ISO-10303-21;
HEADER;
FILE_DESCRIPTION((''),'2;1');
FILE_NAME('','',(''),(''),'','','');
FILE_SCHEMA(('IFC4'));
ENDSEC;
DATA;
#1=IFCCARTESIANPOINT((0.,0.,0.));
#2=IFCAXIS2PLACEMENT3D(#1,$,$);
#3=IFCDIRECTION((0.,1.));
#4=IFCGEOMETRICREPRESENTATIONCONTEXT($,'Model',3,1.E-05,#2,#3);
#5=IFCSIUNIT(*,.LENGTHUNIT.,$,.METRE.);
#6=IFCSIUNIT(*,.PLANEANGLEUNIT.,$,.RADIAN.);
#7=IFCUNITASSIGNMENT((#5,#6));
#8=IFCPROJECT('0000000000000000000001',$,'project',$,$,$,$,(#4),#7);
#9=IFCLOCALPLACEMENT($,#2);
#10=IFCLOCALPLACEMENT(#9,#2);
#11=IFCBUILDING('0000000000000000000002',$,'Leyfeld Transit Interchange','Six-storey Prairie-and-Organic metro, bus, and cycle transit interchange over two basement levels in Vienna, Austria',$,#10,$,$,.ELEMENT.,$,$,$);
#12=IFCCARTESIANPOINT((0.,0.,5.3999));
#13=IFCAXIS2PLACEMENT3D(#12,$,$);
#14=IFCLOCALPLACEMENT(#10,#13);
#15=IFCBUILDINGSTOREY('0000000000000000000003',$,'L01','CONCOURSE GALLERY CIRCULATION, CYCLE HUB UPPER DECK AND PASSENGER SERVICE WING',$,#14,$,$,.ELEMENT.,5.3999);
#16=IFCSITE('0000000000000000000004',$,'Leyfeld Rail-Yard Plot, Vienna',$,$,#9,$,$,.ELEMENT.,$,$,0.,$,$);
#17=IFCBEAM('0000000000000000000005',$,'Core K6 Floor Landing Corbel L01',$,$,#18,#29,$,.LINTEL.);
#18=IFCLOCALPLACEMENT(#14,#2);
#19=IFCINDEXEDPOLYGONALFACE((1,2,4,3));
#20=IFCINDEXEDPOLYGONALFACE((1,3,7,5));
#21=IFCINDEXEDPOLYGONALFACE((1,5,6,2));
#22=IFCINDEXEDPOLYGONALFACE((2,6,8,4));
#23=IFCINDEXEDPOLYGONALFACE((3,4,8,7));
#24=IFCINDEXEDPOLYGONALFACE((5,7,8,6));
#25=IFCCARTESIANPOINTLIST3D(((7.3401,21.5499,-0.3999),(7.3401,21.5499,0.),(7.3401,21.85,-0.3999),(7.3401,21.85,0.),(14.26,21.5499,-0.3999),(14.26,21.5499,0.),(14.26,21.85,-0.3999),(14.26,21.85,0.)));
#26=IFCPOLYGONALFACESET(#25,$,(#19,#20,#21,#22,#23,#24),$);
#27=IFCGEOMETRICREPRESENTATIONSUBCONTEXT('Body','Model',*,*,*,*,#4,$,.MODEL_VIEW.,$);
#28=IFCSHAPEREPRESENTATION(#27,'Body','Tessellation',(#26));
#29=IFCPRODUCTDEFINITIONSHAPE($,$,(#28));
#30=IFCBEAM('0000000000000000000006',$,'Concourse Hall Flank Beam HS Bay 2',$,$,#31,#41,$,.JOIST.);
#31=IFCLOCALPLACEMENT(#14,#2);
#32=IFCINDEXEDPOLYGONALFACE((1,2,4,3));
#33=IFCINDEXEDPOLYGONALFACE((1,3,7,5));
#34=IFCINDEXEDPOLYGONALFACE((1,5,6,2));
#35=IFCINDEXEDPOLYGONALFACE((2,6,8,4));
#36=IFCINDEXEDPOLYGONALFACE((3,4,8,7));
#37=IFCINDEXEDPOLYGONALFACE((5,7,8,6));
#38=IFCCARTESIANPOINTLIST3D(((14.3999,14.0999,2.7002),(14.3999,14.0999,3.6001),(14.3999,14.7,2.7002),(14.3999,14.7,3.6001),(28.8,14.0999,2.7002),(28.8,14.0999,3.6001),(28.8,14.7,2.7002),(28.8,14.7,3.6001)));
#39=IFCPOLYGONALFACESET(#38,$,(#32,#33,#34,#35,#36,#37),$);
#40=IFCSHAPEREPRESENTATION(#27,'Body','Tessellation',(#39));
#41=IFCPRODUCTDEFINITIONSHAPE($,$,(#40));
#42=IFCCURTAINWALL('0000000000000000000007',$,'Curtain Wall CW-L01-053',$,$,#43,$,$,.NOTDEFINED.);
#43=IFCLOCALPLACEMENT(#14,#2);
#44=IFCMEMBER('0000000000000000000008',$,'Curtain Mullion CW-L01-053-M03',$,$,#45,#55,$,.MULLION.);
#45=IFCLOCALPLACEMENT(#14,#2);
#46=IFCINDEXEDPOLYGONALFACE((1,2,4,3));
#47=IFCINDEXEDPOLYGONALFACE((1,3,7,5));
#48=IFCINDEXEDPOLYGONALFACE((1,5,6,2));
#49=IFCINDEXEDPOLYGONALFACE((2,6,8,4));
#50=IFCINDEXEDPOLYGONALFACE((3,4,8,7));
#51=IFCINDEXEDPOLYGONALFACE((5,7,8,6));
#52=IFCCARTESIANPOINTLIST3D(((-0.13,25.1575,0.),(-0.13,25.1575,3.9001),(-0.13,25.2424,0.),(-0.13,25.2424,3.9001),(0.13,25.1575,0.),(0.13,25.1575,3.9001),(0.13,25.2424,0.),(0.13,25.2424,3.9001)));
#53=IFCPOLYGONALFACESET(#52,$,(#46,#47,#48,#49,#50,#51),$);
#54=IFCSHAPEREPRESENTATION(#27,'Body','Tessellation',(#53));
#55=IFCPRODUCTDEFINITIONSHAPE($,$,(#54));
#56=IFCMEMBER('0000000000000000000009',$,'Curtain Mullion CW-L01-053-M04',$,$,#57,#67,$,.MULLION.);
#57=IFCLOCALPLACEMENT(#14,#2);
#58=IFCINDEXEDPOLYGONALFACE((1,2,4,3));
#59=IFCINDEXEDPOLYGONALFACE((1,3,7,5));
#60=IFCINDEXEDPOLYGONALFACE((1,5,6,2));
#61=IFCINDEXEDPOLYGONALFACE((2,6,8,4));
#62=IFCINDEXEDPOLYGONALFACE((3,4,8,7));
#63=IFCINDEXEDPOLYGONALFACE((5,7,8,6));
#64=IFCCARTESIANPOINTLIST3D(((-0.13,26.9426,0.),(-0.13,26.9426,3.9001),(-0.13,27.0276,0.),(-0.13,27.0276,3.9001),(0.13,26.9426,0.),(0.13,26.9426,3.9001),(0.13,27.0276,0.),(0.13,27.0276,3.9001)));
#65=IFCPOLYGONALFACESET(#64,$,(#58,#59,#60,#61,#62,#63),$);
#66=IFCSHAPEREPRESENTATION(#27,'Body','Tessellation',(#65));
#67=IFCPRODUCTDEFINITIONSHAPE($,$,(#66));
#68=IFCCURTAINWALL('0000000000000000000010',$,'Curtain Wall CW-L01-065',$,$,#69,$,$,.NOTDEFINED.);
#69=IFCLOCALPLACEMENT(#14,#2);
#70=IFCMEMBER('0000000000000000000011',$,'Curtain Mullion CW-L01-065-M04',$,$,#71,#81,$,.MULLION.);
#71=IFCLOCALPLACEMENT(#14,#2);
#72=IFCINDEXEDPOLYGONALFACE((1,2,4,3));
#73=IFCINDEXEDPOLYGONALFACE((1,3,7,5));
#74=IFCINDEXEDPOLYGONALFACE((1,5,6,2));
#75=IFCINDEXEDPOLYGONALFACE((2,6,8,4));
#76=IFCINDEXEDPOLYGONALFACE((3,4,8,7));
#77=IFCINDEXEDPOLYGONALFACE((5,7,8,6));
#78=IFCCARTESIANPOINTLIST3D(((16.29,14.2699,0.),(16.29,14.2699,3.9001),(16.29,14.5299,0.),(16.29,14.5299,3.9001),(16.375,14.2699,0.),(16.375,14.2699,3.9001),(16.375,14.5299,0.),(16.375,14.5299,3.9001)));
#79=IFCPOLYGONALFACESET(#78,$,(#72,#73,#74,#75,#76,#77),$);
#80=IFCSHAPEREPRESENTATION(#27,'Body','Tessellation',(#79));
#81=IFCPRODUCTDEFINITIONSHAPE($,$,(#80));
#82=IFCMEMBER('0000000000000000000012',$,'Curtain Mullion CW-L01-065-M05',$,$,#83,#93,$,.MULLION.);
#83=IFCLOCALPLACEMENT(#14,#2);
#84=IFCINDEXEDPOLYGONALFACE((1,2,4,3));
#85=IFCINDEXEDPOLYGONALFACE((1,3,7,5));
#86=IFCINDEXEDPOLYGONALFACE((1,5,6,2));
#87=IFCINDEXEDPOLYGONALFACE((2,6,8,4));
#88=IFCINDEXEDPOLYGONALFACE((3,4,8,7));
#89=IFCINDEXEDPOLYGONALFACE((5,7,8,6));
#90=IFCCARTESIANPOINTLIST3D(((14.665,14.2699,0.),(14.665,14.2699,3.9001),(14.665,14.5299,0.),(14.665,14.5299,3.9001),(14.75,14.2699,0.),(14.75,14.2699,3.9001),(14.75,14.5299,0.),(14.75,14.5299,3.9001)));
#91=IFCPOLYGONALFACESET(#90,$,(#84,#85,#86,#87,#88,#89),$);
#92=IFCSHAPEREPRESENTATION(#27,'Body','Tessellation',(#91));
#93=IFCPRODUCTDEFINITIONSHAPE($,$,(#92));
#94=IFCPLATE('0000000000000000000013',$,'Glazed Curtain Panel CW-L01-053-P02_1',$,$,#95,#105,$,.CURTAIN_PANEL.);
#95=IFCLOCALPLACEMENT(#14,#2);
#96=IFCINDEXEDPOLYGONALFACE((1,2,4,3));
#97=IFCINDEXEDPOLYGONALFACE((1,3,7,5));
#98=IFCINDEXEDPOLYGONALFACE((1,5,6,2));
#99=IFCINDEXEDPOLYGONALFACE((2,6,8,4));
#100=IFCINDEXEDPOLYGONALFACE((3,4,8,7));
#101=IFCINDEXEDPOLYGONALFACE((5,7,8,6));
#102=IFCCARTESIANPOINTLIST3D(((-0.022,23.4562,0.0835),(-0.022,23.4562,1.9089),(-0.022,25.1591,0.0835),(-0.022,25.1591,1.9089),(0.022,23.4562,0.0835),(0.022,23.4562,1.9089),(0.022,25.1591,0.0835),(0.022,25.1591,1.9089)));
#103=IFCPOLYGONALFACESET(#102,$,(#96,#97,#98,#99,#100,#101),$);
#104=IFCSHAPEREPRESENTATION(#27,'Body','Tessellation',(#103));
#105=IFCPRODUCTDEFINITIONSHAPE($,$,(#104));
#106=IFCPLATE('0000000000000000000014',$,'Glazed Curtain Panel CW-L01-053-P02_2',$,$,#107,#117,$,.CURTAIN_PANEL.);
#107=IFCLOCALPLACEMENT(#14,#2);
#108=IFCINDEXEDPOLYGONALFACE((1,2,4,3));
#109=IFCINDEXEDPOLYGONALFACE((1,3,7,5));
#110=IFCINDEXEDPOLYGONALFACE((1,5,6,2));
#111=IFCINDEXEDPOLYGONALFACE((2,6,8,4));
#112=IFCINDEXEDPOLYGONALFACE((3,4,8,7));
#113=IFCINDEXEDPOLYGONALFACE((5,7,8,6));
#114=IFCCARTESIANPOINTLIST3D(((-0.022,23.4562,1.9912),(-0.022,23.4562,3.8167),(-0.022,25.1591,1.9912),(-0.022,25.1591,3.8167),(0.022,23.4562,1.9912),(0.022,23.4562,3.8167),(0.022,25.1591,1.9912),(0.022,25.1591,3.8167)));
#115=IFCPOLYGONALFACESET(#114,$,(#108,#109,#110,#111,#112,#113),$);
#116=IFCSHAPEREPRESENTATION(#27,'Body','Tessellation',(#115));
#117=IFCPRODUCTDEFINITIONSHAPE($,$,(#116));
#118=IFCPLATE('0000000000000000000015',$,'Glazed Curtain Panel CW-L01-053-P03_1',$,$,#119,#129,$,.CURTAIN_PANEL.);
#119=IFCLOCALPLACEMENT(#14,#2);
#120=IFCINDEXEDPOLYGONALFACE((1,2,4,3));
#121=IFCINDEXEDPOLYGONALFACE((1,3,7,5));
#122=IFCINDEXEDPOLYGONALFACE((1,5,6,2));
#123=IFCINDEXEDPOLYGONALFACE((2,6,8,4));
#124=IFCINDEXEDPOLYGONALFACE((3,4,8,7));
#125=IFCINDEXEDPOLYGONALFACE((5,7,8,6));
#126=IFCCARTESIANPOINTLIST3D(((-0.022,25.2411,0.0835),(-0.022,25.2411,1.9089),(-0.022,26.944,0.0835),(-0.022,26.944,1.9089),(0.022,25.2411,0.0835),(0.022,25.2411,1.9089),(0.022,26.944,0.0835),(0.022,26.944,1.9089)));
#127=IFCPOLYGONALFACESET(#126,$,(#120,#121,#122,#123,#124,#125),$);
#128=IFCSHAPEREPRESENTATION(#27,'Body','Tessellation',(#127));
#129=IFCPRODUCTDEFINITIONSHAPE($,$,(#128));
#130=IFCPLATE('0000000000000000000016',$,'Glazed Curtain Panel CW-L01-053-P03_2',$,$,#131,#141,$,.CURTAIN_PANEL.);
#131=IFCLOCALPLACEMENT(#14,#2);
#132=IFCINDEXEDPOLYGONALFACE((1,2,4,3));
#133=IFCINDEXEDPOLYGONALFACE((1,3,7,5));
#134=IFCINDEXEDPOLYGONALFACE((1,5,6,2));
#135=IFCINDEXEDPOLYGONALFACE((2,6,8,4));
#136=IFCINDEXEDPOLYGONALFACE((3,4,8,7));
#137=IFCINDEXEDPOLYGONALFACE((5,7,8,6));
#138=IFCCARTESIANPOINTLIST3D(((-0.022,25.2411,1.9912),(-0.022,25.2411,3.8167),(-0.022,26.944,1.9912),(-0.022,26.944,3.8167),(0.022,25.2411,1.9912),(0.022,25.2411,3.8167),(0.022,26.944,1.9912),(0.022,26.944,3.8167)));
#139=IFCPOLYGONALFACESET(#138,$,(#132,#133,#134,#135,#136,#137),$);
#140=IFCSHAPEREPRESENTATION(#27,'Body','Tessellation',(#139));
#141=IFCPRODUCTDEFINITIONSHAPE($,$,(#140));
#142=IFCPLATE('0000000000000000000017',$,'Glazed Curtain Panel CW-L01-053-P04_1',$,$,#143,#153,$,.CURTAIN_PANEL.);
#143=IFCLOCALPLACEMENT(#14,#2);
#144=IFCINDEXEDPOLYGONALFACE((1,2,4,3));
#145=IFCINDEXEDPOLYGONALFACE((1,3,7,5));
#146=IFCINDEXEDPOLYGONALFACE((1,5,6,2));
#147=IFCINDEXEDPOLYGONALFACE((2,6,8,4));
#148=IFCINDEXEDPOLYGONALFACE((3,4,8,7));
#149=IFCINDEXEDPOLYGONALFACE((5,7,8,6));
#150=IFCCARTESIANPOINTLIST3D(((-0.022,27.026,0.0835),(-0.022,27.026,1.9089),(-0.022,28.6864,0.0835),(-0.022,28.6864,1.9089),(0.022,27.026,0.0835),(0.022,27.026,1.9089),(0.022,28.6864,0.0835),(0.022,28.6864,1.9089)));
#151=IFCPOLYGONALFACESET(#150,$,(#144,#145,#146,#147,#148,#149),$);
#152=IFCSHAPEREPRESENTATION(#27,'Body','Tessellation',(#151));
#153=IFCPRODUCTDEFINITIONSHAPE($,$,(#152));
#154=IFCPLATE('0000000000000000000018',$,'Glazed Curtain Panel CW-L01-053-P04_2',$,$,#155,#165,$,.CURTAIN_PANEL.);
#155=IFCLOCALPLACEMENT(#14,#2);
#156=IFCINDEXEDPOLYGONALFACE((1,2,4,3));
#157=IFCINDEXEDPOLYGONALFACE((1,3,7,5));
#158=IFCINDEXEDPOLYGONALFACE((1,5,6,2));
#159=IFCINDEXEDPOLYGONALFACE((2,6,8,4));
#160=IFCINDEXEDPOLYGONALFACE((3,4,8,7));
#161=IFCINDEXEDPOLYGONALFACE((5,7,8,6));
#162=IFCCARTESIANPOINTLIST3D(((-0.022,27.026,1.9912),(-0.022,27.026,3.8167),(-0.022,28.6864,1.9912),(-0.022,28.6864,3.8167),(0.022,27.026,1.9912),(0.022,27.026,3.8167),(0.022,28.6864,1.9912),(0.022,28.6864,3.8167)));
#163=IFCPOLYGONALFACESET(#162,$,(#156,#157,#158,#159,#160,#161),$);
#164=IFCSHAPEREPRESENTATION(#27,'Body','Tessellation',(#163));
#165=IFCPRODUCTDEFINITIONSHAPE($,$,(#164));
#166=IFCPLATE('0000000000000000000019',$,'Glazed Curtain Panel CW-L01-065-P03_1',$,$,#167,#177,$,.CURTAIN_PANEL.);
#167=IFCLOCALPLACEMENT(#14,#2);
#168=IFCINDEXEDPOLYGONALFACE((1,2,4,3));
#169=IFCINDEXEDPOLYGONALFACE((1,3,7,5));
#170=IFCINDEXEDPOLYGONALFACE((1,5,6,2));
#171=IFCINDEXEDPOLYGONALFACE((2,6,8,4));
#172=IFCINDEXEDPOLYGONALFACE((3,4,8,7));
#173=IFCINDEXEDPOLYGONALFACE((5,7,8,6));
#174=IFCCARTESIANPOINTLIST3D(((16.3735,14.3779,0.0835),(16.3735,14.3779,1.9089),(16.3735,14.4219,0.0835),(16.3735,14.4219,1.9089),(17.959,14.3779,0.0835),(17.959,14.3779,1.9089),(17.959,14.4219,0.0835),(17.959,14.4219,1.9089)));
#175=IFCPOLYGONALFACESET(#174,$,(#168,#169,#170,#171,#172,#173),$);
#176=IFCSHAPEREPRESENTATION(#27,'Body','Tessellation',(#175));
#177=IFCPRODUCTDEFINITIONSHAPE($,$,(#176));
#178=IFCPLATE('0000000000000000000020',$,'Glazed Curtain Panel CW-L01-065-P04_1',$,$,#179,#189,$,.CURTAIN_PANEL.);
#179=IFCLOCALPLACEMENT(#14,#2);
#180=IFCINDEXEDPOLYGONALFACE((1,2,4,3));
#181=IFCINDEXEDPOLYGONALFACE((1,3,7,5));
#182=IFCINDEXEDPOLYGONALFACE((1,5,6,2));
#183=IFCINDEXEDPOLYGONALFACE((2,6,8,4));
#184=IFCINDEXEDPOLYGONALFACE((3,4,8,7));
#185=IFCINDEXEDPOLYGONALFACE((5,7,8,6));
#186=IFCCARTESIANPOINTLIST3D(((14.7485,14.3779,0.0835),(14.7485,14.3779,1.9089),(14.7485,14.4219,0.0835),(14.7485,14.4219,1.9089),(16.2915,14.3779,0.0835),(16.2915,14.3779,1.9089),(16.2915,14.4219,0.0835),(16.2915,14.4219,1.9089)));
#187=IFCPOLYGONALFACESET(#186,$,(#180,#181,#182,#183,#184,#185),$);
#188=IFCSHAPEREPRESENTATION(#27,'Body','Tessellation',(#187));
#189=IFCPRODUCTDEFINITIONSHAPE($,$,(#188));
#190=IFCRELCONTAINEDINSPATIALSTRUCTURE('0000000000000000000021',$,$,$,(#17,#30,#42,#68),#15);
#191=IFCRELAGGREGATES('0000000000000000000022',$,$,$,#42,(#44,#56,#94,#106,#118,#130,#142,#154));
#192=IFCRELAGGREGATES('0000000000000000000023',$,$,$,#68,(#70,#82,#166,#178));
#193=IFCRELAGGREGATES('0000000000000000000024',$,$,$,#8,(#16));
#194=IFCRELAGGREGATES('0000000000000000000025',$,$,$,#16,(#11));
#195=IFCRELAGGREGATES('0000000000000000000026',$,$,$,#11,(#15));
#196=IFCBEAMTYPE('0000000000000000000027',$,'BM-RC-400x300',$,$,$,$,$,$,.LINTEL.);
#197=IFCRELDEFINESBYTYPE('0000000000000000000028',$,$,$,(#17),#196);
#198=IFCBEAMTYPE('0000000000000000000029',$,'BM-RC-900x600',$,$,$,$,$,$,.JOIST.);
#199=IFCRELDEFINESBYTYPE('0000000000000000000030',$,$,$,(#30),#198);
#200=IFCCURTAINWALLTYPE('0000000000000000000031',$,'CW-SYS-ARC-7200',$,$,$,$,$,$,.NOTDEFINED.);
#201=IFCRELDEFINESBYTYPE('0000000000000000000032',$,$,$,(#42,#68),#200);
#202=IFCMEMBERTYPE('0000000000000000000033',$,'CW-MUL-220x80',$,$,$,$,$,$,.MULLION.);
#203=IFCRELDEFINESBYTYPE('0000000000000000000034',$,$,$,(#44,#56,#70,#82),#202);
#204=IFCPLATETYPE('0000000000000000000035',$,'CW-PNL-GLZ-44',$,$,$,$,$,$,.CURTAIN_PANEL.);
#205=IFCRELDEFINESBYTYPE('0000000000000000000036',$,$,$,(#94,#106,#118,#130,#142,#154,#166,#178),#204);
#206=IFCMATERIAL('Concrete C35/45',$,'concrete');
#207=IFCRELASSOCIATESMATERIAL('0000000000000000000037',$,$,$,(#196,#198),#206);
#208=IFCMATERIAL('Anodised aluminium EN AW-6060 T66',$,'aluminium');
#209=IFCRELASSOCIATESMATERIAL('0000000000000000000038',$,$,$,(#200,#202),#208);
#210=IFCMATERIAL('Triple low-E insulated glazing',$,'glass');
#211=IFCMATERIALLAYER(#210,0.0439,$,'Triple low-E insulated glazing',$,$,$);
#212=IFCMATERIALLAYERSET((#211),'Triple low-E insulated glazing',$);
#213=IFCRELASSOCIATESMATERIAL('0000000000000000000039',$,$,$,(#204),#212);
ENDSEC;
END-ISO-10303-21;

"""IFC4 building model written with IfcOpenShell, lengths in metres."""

from ifc_helpers import new_model, si_unit, direction, frame, origin, origin_2d, place, context, subcontext, project, spatial, rectangle, extrude, material, layer, layer_set, material_profile, profile_set, type_object, element, aggregate, save


model = new_model("IFC4")

# Units and contexts
model_context = context("Model", 3, precision=1e-05, world=origin(), true_north=direction((0.0, 1.0)))
body_context = subcontext(model_context, "Body", "Model", "MODEL_VIEW")
ifc_project = project(units=[si_unit("LENGTHUNIT", "METRE"), si_unit("PLANEANGLEUNIT", "RADIAN")], contexts=[model_context])

# Site, building, storey
site_placement = place(None, origin())
site = spatial("IfcSite", under=ifc_project, at=site_placement, Name="Leyfeld Rail-Yard Plot, Vienna", CompositionType="ELEMENT", RefElevation=0.0)
building_placement = place(site_placement, origin())
building = spatial("IfcBuilding", under=site, at=building_placement, Name="Leyfeld Transit Interchange", Description="Six-storey Prairie-and-Organic metro, bus, and cycle transit interchange over two basement levels in Vienna, Austria", CompositionType="ELEMENT")
storey_placement = place(building_placement, frame((0.0, 0.0, 5.3999)))
storey = spatial("IfcBuildingStorey", under=building, at=storey_placement, Name="L01", Description="CONCOURSE GALLERY CIRCULATION, CYCLE HUB UPPER DECK AND PASSENGER SERVICE WING", CompositionType="ELEMENT", Elevation=5.3999)

# Beams
ifc_material_1 = material(Name="Concrete C35/45", Category="concrete")
ifc_material_profile_1 = material_profile(ifc_material_1, rectangle(XDim=0.3, YDim=0.3999, at=origin_2d()), Name="RC 400x300")
ifc_profile_set_1 = profile_set([ifc_material_profile_1], Name="Concrete C35/45")
beam_type_1 = type_object("IfcBeamType", Name="BM-RC-400x300", PredefinedType="LINTEL", material=ifc_profile_set_1)
beam_1_placement = place(storey_placement, frame((7.3401, 21.7, -0.2), z_axis=(1.0, 0.0, 0.0), x_axis=(0.0, 1.0, 0.0)))
element("IfcBeam", 1, at=beam_1_placement, inside=storey, type_object=beam_type_1, Name="Core K6 Floor Landing Corbel L01", PredefinedType="LINTEL", context=body_context, shape_type="SweptSolid", body=[
    extrude(rectangle(XDim=0.3, YDim=0.3999, at=origin_2d()), origin(), (0.0, 0.0, 1.0), 6.9199),
])
ifc_material_profile_2 = material_profile(ifc_material_1, rectangle(XDim=0.6001, YDim=0.8999, at=origin_2d()), Name="RC 900x600")
ifc_profile_set_2 = profile_set([ifc_material_profile_2], Name="Concrete C35/45")
beam_type_2 = type_object("IfcBeamType", Name="BM-RC-900x600", PredefinedType="JOIST", material=ifc_profile_set_2)
beam_2_placement = place(storey_placement, frame((14.3999, 14.3999, 3.1501), z_axis=(1.0, 0.0, 0.0), x_axis=(0.0, 1.0, 0.0)))
element("IfcBeam", 2, at=beam_2_placement, inside=storey, type_object=beam_type_2, Name="Concourse Hall Flank Beam HS Bay 2", PredefinedType="JOIST", context=body_context, shape_type="SweptSolid", body=[
    extrude(rectangle(XDim=0.6001, YDim=0.8999, at=origin_2d()), origin(), (0.0, 0.0, 1.0), 14.4001),
])

# Curtain walls, members
ifc_material_2 = material(Name="Anodised aluminium EN AW-6060 T66", Category="aluminium")
curtain_wall_type = type_object("IfcCurtainWallType", Name="CW-SYS-ARC-7200", PredefinedType="NOTDEFINED", material=ifc_material_2)
curtain_wall_1_placement = place(storey_placement, origin())
curtain_wall_1 = element("IfcCurtainWall", 3, at=curtain_wall_1_placement, inside=storey, type_object=curtain_wall_type, Name="Curtain Wall CW-L01-053", PredefinedType="NOTDEFINED")
ifc_material_profile_3 = material_profile(ifc_material_2, rectangle(XDim=0.085, YDim=0.26, at=origin_2d()), Name="CW-M 85x260")
ifc_profile_set_3 = profile_set([ifc_material_profile_3], Name="Anodised aluminium EN AW-6060 T66")
member_type = type_object("IfcMemberType", Name="CW-MUL-220x80", PredefinedType="MULLION", material=ifc_profile_set_3)
member_1_placement = place(storey_placement, frame((0.0, 25.2, 0.0), z_axis=(0.0, 0.0, 1.0), x_axis=(0.0, 1.0, 0.0)))
member_1 = element("IfcMember", 4, at=member_1_placement, type_object=member_type, Name="Curtain Mullion CW-L01-053-M03", PredefinedType="MULLION", context=body_context, shape_type="SweptSolid", body=[
    extrude(rectangle(XDim=0.085, YDim=0.26, at=origin_2d()), origin(), (0.0, 0.0, 1.0), 3.9001),
])
member_2_placement = place(storey_placement, frame((0.0, 26.9851, 0.0), z_axis=(0.0, 0.0, 1.0), x_axis=(0.0, 1.0, 0.0)))
member_2 = element("IfcMember", 5, at=member_2_placement, type_object=member_type, Name="Curtain Mullion CW-L01-053-M04", PredefinedType="MULLION", context=body_context, shape_type="SweptSolid", body=[
    extrude(rectangle(XDim=0.085, YDim=0.26, at=origin_2d()), origin(), (0.0, 0.0, 1.0), 3.9001),
])
curtain_wall_2_placement = place(storey_placement, origin())
curtain_wall_2 = element("IfcCurtainWall", 6, at=curtain_wall_2_placement, inside=storey, type_object=curtain_wall_type, Name="Curtain Wall CW-L01-065", PredefinedType="NOTDEFINED")
member_3_placement = place(storey_placement, frame((16.3325, 14.3999, 0.0), z_axis=(0.0, 0.0, 1.0), x_axis=(-1.0, 0.0, 0.0)))
member_3 = element("IfcMember", 7, at=member_3_placement, type_object=member_type, Name="Curtain Mullion CW-L01-065-M04", PredefinedType="MULLION", context=body_context, shape_type="SweptSolid", body=[
    extrude(rectangle(XDim=0.085, YDim=0.26, at=origin_2d()), origin(), (0.0, 0.0, 1.0), 3.9001),
])
member_4_placement = place(storey_placement, frame((14.7075, 14.3999, 0.0), z_axis=(0.0, 0.0, 1.0), x_axis=(-1.0, 0.0, 0.0)))
member_4 = element("IfcMember", 8, at=member_4_placement, type_object=member_type, Name="Curtain Mullion CW-L01-065-M05", PredefinedType="MULLION", context=body_context, shape_type="SweptSolid", body=[
    extrude(rectangle(XDim=0.085, YDim=0.26, at=origin_2d()), origin(), (0.0, 0.0, 1.0), 3.9001),
])

# Plates
ifc_material_3 = material(Name="Triple low-E insulated glazing", Category="glass")
ifc_layer_1 = layer(ifc_material_3, 0.0439, Name="Triple low-E insulated glazing")
ifc_layer_set_1 = layer_set([ifc_layer_1], Name="Triple low-E insulated glazing")
plate_type = type_object("IfcPlateType", Name="CW-PNL-GLZ-44", PredefinedType="CURTAIN_PANEL", material=ifc_layer_set_1)
plate_1_placement = place(storey_placement, frame((0.0, 24.3076, 0.0835), z_axis=(0.0, 0.0, 1.0), x_axis=(0.0, 1.0, 0.0)))
plate_1 = element("IfcPlate", 9, at=plate_1_placement, type_object=plate_type, Name="Glazed Curtain Panel CW-L01-053-P02_1", PredefinedType="CURTAIN_PANEL", context=body_context, shape_type="SweptSolid", body=[
    extrude(rectangle(XDim=1.7029, YDim=0.0439, at=origin_2d()), origin(), (0.0, 0.0, 1.0), 1.8254),
])
plate_2_placement = place(storey_placement, frame((0.0, 24.3076, 1.9912), z_axis=(0.0, 0.0, 1.0), x_axis=(0.0, 1.0, 0.0)))
plate_2 = element("IfcPlate", 10, at=plate_2_placement, type_object=plate_type, Name="Glazed Curtain Panel CW-L01-053-P02_2", PredefinedType="CURTAIN_PANEL", context=body_context, shape_type="SweptSolid", body=[
    extrude(rectangle(XDim=1.7029, YDim=0.0439, at=origin_2d()), origin(), (0.0, 0.0, 1.0), 1.8254),
])
plate_3_placement = place(storey_placement, frame((0.0, 26.0925, 0.0835), z_axis=(0.0, 0.0, 1.0), x_axis=(0.0, 1.0, 0.0)))
plate_3 = element("IfcPlate", 11, at=plate_3_placement, type_object=plate_type, Name="Glazed Curtain Panel CW-L01-053-P03_1", PredefinedType="CURTAIN_PANEL", context=body_context, shape_type="SweptSolid", body=[
    extrude(rectangle(XDim=1.7029, YDim=0.0439, at=origin_2d()), origin(), (0.0, 0.0, 1.0), 1.8254),
])
plate_4_placement = place(storey_placement, frame((0.0, 26.0925, 1.9912), z_axis=(0.0, 0.0, 1.0), x_axis=(0.0, 1.0, 0.0)))
plate_4 = element("IfcPlate", 12, at=plate_4_placement, type_object=plate_type, Name="Glazed Curtain Panel CW-L01-053-P03_2", PredefinedType="CURTAIN_PANEL", context=body_context, shape_type="SweptSolid", body=[
    extrude(rectangle(XDim=1.7029, YDim=0.0439, at=origin_2d()), origin(), (0.0, 0.0, 1.0), 1.8254),
])
plate_5_placement = place(storey_placement, frame((0.0, 27.8562, 0.0835), z_axis=(0.0, 0.0, 1.0), x_axis=(0.0, 1.0, 0.0)))
plate_5 = element("IfcPlate", 13, at=plate_5_placement, type_object=plate_type, Name="Glazed Curtain Panel CW-L01-053-P04_1", PredefinedType="CURTAIN_PANEL", context=body_context, shape_type="SweptSolid", body=[
    extrude(rectangle(XDim=1.6604, YDim=0.0439, at=origin_2d()), origin(), (0.0, 0.0, 1.0), 1.8254),
])
plate_6_placement = place(storey_placement, frame((0.0, 27.8562, 1.9912), z_axis=(0.0, 0.0, 1.0), x_axis=(0.0, 1.0, 0.0)))
plate_6 = element("IfcPlate", 14, at=plate_6_placement, type_object=plate_type, Name="Glazed Curtain Panel CW-L01-053-P04_2", PredefinedType="CURTAIN_PANEL", context=body_context, shape_type="SweptSolid", body=[
    extrude(rectangle(XDim=1.6604, YDim=0.0439, at=origin_2d()), origin(), (0.0, 0.0, 1.0), 1.8254),
])
aggregate(curtain_wall_1, [member_1, member_2, plate_1, plate_2, plate_3, plate_4, plate_5, plate_6])
plate_7_placement = place(storey_placement, frame((17.1663, 14.3999, 0.0835), z_axis=(0.0, 0.0, 1.0), x_axis=(-1.0, 0.0, 0.0)))
plate_7 = element("IfcPlate", 15, at=plate_7_placement, type_object=plate_type, Name="Glazed Curtain Panel CW-L01-065-P03_1", PredefinedType="CURTAIN_PANEL", context=body_context, shape_type="SweptSolid", body=[
    extrude(rectangle(XDim=1.5854, YDim=0.0439, at=origin_2d()), origin(), (0.0, 0.0, 1.0), 1.8254),
])
plate_8_placement = place(storey_placement, frame((15.52, 14.3999, 0.0835), z_axis=(0.0, 0.0, 1.0), x_axis=(-1.0, 0.0, 0.0)))
plate_8 = element("IfcPlate", 16, at=plate_8_placement, type_object=plate_type, Name="Glazed Curtain Panel CW-L01-065-P04_1", PredefinedType="CURTAIN_PANEL", context=body_context, shape_type="SweptSolid", body=[
    extrude(rectangle(XDim=1.543, YDim=0.0439, at=origin_2d()), origin(), (0.0, 0.0, 1.0), 1.8254),
])
aggregate(curtain_wall_2, [member_3, member_4, plate_7, plate_8])

save(model, "model.ifc")
